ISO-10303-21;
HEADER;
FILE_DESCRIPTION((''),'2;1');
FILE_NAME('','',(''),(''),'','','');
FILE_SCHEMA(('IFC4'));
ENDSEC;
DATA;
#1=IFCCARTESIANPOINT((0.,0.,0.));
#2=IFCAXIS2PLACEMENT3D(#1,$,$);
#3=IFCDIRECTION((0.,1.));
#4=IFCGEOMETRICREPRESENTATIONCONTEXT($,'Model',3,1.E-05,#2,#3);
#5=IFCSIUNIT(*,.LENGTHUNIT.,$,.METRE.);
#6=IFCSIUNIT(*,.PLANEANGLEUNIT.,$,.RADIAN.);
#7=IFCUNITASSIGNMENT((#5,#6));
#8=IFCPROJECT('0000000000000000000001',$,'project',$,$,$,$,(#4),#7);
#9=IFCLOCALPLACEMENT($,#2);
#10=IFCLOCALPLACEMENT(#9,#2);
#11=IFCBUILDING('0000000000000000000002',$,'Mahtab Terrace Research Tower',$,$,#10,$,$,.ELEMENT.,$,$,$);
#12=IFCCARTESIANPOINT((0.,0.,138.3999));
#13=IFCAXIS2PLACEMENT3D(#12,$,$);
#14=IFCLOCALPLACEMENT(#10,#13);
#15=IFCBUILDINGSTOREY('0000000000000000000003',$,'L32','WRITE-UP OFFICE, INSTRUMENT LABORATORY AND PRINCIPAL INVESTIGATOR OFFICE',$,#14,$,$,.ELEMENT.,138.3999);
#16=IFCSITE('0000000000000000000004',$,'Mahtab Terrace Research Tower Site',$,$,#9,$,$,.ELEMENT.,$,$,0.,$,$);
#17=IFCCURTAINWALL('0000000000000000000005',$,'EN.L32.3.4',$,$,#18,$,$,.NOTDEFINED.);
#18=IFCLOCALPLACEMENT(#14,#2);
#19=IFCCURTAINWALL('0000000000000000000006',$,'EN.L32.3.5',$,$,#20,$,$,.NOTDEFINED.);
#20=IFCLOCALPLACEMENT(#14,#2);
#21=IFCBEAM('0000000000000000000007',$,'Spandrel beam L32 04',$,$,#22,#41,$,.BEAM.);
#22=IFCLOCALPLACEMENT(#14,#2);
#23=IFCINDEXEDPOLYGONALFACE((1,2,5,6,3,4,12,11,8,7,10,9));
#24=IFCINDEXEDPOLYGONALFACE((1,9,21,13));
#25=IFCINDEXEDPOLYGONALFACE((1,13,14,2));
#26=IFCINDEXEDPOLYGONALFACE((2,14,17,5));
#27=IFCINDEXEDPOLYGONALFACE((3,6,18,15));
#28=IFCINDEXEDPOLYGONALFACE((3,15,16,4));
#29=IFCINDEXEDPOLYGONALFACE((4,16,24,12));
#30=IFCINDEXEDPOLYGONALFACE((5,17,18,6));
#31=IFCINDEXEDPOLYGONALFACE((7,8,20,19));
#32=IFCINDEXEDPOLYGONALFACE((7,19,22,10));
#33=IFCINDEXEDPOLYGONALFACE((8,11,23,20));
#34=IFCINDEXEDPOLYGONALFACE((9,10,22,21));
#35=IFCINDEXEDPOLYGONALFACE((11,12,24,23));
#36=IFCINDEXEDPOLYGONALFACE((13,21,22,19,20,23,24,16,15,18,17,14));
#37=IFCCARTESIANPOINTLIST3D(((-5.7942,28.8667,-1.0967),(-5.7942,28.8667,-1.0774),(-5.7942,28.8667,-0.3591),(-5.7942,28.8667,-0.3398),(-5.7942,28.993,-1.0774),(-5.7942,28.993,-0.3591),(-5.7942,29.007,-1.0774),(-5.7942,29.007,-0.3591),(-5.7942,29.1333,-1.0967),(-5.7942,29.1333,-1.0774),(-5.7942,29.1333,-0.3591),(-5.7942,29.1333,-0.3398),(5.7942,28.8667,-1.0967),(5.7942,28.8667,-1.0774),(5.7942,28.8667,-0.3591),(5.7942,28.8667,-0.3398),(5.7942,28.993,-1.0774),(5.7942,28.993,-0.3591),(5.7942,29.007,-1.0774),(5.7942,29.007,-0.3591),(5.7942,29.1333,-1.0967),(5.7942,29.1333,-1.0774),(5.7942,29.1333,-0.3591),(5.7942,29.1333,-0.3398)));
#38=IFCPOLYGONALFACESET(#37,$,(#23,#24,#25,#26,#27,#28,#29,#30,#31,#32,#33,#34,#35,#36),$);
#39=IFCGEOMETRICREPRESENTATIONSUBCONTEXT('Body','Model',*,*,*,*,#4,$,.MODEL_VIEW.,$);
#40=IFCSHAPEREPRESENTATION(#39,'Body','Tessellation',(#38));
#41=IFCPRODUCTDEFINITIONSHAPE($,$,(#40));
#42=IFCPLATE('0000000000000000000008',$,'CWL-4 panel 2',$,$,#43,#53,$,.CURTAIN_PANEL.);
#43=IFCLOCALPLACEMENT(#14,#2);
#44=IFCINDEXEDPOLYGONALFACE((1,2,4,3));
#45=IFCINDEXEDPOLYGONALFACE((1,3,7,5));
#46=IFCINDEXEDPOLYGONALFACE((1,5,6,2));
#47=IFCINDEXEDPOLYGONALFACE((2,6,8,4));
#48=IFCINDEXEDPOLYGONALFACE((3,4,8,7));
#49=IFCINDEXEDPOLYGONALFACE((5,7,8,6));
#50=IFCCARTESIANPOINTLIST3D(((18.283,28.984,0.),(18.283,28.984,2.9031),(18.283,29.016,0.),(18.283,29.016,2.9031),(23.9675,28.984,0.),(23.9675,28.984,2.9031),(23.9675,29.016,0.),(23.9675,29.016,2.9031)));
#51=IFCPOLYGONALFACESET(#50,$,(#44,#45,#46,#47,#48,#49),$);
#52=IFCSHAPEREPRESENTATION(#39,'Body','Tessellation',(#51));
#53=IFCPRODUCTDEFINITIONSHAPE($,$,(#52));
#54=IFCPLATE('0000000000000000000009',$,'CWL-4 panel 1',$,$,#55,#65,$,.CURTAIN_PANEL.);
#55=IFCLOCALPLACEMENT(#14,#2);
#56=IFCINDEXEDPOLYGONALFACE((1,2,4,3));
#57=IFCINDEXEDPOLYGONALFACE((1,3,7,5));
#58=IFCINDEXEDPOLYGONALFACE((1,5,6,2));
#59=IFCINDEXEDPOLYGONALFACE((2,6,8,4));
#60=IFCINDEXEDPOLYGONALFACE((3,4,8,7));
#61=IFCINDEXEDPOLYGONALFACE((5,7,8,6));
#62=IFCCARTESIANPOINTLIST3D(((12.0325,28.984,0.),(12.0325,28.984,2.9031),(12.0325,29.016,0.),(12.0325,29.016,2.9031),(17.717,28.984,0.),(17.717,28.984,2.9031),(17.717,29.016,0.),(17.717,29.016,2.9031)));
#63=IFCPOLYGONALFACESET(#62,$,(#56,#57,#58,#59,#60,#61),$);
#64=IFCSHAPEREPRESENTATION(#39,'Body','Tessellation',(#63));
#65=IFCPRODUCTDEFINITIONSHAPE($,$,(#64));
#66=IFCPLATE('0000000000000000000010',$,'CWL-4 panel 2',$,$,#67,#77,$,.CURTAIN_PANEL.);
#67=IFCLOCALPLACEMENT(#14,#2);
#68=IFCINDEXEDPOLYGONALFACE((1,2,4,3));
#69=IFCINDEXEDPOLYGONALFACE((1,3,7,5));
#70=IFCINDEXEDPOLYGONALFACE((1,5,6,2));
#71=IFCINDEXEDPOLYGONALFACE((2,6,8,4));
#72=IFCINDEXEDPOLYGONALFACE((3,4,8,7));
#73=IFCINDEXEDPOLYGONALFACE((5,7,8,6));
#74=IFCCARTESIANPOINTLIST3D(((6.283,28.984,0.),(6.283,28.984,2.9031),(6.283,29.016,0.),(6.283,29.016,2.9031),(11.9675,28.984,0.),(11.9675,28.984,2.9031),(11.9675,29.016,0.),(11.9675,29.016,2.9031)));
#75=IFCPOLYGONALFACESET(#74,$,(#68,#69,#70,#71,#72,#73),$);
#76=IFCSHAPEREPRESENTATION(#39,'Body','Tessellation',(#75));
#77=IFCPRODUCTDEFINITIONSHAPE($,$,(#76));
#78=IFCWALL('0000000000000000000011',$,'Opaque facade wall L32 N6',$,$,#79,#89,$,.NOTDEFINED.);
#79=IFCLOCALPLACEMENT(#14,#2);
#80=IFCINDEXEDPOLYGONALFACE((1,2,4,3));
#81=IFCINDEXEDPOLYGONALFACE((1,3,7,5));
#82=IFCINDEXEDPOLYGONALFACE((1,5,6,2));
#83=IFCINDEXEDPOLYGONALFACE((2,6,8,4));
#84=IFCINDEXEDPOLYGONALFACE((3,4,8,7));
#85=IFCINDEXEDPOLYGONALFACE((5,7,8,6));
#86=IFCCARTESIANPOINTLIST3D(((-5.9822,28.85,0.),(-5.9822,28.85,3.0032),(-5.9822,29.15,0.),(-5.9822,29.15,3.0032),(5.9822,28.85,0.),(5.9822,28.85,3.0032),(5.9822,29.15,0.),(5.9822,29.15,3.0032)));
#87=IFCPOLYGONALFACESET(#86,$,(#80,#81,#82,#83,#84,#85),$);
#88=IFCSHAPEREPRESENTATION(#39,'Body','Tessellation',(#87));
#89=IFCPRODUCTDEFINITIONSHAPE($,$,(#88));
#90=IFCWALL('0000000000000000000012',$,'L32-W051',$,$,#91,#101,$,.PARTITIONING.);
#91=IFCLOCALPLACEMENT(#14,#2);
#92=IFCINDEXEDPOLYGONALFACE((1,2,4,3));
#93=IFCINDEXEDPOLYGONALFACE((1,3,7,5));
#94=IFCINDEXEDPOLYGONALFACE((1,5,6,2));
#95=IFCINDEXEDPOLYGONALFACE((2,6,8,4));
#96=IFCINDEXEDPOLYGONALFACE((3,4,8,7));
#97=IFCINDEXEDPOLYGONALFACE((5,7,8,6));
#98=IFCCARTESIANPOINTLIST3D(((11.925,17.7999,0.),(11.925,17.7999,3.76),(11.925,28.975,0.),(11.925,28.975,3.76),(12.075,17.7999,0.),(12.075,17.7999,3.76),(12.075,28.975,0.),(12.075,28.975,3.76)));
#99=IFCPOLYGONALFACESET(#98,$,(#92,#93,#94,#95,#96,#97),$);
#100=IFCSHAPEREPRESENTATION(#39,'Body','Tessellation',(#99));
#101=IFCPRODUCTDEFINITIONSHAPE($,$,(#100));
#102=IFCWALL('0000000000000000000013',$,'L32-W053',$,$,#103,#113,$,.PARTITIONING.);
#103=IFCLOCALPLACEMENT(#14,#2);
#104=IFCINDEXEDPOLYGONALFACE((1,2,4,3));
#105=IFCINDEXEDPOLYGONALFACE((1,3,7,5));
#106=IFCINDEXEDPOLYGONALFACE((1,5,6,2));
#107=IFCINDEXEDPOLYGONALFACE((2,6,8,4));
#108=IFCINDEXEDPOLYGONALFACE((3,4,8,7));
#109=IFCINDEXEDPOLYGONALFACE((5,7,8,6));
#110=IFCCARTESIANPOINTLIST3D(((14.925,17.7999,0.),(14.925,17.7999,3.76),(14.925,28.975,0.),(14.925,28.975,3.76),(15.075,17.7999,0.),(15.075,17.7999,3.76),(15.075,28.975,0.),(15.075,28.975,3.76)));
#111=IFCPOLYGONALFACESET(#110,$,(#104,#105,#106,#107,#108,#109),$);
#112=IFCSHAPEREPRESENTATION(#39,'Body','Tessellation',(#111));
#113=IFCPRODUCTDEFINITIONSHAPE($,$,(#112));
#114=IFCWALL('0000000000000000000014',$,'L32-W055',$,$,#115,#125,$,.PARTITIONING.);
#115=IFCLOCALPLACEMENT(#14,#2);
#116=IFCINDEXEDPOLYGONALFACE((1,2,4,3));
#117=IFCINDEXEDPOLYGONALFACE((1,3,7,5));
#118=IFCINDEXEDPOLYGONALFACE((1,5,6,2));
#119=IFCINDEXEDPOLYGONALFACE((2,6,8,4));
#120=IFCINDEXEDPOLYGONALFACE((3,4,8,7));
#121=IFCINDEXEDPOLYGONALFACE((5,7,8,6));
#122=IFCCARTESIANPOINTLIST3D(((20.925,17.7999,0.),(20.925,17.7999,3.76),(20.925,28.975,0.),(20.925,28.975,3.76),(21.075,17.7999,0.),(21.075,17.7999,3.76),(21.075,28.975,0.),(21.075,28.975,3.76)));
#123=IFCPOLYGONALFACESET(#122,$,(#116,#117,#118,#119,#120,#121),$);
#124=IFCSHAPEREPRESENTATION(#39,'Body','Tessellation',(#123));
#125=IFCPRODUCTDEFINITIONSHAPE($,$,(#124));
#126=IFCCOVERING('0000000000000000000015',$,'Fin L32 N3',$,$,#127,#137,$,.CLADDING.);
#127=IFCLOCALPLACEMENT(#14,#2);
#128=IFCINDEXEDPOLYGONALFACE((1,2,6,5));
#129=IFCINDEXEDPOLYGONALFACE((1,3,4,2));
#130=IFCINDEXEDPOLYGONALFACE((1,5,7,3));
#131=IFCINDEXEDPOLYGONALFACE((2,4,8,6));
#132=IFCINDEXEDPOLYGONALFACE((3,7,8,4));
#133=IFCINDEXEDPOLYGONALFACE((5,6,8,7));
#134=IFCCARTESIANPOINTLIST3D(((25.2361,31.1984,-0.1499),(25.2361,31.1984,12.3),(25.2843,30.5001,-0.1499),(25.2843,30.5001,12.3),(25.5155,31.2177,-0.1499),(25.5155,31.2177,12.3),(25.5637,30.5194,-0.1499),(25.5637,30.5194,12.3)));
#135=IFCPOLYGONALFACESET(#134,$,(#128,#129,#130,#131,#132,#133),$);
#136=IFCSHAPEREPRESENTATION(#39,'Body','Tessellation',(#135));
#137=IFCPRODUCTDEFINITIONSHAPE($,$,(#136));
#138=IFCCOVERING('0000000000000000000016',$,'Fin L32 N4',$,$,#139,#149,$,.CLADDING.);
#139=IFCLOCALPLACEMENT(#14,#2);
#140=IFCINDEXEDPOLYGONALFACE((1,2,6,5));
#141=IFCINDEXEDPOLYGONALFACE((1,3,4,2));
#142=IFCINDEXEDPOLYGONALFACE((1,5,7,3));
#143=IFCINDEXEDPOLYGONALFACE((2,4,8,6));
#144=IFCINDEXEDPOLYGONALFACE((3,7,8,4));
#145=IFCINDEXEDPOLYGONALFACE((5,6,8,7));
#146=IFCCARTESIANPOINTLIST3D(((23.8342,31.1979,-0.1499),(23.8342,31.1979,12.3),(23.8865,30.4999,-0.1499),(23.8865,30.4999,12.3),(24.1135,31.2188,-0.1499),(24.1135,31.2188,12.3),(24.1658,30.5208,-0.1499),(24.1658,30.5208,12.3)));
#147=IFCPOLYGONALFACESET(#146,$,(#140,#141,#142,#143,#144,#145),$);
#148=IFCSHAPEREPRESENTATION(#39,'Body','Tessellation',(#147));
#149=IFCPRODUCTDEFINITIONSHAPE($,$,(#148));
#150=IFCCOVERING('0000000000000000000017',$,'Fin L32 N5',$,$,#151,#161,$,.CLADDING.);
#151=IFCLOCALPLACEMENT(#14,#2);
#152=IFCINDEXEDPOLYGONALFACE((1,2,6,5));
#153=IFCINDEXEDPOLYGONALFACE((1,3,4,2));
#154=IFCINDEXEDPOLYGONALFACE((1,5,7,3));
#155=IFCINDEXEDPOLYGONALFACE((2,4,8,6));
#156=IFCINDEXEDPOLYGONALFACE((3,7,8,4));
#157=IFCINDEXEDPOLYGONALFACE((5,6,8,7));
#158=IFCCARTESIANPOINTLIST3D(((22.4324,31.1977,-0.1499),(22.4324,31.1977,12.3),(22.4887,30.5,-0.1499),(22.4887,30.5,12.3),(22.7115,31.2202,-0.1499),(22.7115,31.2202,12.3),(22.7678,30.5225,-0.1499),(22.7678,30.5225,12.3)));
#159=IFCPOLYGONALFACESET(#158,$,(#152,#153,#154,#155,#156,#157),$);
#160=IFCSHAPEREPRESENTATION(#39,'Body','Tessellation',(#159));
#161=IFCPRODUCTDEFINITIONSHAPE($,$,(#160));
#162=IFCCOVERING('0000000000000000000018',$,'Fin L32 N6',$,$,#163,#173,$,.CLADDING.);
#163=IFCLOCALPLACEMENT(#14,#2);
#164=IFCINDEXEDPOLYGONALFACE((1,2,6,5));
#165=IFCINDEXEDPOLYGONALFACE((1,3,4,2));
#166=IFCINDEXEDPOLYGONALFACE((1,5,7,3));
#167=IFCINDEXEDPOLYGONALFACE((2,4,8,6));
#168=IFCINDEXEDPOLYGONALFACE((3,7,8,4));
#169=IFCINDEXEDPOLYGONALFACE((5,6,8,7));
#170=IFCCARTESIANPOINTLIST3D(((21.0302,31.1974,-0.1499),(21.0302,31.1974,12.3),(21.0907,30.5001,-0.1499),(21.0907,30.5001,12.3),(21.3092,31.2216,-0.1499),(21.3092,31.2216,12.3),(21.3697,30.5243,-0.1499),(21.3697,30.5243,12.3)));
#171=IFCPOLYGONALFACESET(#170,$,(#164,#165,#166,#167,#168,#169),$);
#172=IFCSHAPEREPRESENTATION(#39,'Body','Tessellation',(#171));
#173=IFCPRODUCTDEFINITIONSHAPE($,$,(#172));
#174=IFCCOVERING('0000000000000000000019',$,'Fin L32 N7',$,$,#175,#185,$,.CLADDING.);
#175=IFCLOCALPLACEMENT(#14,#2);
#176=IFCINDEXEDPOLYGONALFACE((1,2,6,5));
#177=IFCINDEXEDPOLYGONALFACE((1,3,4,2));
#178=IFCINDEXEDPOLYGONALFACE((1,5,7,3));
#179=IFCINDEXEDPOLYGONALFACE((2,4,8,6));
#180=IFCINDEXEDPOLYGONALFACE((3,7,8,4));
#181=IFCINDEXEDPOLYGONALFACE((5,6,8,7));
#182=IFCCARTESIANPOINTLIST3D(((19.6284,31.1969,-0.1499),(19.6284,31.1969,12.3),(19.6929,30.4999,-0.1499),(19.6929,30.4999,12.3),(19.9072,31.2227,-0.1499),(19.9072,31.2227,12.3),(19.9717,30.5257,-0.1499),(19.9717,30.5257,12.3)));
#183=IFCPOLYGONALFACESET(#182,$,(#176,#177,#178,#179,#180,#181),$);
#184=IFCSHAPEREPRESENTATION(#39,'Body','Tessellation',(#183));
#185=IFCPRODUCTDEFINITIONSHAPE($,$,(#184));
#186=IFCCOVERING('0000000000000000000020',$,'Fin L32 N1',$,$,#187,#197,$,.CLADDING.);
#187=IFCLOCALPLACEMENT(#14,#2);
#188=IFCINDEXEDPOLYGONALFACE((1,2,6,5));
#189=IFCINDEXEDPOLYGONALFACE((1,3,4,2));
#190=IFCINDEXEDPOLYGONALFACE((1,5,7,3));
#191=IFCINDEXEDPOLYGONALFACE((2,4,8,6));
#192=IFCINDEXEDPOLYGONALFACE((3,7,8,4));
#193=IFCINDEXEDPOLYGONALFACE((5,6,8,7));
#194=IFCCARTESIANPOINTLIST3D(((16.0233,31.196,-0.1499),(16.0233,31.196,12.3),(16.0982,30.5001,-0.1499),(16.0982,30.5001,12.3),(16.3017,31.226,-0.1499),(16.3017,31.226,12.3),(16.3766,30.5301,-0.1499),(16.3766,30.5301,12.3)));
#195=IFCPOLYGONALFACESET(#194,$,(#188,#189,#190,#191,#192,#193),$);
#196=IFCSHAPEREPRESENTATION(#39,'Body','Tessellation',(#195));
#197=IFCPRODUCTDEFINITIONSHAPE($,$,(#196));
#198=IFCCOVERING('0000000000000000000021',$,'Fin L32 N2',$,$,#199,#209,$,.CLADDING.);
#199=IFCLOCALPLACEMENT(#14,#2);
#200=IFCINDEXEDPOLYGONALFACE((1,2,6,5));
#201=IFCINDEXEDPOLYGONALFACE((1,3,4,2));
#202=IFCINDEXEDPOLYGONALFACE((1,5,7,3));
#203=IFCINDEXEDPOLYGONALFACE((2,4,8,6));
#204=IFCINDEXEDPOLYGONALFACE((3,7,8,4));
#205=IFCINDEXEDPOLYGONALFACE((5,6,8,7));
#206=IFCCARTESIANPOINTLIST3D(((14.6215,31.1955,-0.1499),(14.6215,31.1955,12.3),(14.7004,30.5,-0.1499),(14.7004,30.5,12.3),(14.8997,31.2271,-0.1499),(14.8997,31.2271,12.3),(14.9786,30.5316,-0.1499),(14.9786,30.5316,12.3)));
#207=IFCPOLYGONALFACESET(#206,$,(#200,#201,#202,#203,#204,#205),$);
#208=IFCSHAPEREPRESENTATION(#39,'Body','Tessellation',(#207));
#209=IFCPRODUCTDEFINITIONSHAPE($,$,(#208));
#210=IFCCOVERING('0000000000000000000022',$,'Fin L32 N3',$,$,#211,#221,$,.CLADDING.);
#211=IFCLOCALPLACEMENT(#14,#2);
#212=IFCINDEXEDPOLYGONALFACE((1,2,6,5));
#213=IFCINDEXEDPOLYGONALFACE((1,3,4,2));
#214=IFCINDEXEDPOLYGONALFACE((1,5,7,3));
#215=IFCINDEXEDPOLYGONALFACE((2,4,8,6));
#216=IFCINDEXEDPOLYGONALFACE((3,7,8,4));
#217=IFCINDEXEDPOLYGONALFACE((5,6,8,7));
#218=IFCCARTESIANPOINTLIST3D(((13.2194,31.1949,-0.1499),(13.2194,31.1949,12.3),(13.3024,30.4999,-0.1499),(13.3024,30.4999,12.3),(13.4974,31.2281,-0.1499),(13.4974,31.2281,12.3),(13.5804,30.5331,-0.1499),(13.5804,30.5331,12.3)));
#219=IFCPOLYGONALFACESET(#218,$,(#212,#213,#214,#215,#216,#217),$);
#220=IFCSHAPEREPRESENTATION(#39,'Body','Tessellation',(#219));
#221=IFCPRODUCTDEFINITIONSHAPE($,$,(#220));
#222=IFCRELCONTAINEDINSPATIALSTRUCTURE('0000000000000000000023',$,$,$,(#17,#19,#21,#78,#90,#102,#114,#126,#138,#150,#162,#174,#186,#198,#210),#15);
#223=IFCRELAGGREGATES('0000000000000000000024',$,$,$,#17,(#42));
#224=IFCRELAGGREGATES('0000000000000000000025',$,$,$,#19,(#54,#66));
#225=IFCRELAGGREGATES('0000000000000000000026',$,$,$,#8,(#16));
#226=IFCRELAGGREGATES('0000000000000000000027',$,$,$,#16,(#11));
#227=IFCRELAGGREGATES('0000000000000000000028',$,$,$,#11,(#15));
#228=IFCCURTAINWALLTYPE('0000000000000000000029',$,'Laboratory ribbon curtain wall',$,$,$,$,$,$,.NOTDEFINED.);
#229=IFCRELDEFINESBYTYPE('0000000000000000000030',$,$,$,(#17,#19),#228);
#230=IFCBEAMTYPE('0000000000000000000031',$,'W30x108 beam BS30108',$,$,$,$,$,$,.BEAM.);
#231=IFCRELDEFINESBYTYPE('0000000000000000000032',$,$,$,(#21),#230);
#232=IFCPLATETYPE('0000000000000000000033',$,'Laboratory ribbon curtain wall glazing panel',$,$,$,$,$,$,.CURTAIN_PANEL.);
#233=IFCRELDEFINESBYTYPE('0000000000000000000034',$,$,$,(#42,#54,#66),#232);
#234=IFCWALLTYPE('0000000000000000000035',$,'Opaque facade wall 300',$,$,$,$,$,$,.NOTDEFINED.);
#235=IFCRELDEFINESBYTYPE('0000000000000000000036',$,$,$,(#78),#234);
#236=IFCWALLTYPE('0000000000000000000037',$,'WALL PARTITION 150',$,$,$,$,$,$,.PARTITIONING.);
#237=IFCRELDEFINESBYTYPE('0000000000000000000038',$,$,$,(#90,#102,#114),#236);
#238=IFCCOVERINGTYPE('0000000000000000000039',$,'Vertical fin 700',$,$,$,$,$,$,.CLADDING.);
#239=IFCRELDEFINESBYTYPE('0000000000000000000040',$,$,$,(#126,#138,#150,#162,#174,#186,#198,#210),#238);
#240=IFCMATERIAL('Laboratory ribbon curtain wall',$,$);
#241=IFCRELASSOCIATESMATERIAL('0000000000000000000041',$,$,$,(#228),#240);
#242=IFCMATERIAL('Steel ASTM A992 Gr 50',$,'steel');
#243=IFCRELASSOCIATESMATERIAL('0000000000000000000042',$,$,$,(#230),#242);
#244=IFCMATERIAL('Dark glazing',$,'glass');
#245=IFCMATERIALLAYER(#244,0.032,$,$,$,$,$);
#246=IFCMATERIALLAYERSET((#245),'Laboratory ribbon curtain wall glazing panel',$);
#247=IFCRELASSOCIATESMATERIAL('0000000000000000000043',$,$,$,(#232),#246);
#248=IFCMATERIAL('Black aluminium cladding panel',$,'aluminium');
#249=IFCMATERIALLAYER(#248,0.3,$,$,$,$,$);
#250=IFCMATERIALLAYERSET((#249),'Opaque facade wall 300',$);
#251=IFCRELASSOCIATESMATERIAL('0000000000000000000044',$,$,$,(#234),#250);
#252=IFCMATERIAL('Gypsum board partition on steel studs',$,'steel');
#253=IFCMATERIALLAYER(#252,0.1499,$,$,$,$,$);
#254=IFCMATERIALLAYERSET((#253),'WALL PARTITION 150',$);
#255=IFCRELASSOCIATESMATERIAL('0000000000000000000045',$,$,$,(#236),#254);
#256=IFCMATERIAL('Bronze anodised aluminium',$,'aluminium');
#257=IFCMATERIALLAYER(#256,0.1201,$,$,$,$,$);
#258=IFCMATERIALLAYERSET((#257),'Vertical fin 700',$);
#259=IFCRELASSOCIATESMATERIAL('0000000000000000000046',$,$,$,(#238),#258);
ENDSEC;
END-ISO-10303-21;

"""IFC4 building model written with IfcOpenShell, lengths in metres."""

from ifc_helpers import new_model, si_unit, direction, frame, frame_2d, origin, origin_2d, place, context, subcontext, project, spatial, rectangle, i_section, extrude, material, layer, layer_set, material_profile, profile_set, type_object, element, aggregate, save


model = new_model("IFC4")

# Units and contexts
model_context = context("Model", 3, precision=1e-05, world=origin(), true_north=direction((0.0, 1.0)))
body_context = subcontext(model_context, "Body", "Model", "MODEL_VIEW")
ifc_project = project(units=[si_unit("LENGTHUNIT", "METRE"), si_unit("PLANEANGLEUNIT", "RADIAN")], contexts=[model_context])

# Site, building, storey
site_placement = place(None, origin())
site = spatial("IfcSite", under=ifc_project, at=site_placement, Name="Mahtab Terrace Research Tower Site", CompositionType="ELEMENT", RefElevation=0.0)
building_placement = place(site_placement, origin())
building = spatial("IfcBuilding", under=site, at=building_placement, Name="Mahtab Terrace Research Tower", CompositionType="ELEMENT")
storey_placement = place(building_placement, frame((0.0, 0.0, 138.3999)))
storey = spatial("IfcBuildingStorey", under=building, at=storey_placement, Name="L32", Description="WRITE-UP OFFICE, INSTRUMENT LABORATORY AND PRINCIPAL INVESTIGATOR OFFICE", CompositionType="ELEMENT", Elevation=138.3999)

# Shared definitions
ifc_material_1 = material(Name="Steel ASTM A992 Gr 50", Category="steel")

# Curtain walls
ifc_material_2 = material(Name="Laboratory ribbon curtain wall")
curtain_wall_type = type_object("IfcCurtainWallType", Name="Laboratory ribbon curtain wall", PredefinedType="NOTDEFINED", material=ifc_material_2)
curtain_wall_1_placement = place(storey_placement, origin())
curtain_wall_1 = element("IfcCurtainWall", 1, at=curtain_wall_1_placement, inside=storey, type_object=curtain_wall_type, Name="EN.L32.3.4", PredefinedType="NOTDEFINED")
curtain_wall_2_placement = place(storey_placement, origin())
curtain_wall_2 = element("IfcCurtainWall", 2, at=curtain_wall_2_placement, inside=storey, type_object=curtain_wall_type, Name="EN.L32.3.5", PredefinedType="NOTDEFINED")

# Beam
ifc_material_profile_1 = material_profile(ifc_material_1, i_section(OverallWidth=0.2666, OverallDepth=0.7568, WebThickness=0.0139, FlangeThickness=0.0193, at=origin_2d()), Name="W30X108")
ifc_profile_set_1 = profile_set([ifc_material_profile_1], Name="Steel ASTM A992 Gr 50")
beam_type = type_object("IfcBeamType", Name="W30x108 beam BS30108", PredefinedType="BEAM", material=ifc_profile_set_1)
for number, where, z_axis, x_axis, name in (
    (3, (5.7942, 29.0, -0.7183), (-1.0, 0.0, 0.0), (0.0, -1.0, 0.0), "Spandrel beam L32 04"),
):
    element("IfcBeam", number, at=place(storey_placement, frame(where, z_axis=z_axis, x_axis=x_axis)), inside=storey, type_object=beam_type, Name=name, PredefinedType="BEAM", context=body_context, shape_type="SweptSolid", body=[
        extrude(i_section(OverallWidth=0.2666, OverallDepth=0.7568, WebThickness=0.0139, FlangeThickness=0.0193, at=origin_2d()), origin(), (0.0, 0.0, 1.0), 11.5884),
    ])

# Plates
ifc_material_3 = material(Name="Dark glazing", Category="glass")
ifc_layer_1 = layer(ifc_material_3, 0.032)
ifc_layer_set_1 = layer_set([ifc_layer_1], Name="Laboratory ribbon curtain wall glazing panel")
plate_type = type_object("IfcPlateType", Name="Laboratory ribbon curtain wall glazing panel", PredefinedType="CURTAIN_PANEL", material=ifc_layer_set_1)
plate_1_placement = place(storey_placement, frame((21.1252, 29.0, 0.0), z_axis=(0.0, 0.0, 1.0), x_axis=(-1.0, 0.0, 0.0)))
plate_1 = element("IfcPlate", 4, at=plate_1_placement, type_object=plate_type, Name="CWL-4 panel 2", PredefinedType="CURTAIN_PANEL", context=body_context, shape_type="SweptSolid", body=[
    extrude(rectangle(XDim=5.6846, YDim=0.032, at=origin_2d()), origin(), (0.0, 0.0, 1.0), 2.9031),
])
aggregate(curtain_wall_1, [plate_1])
plate_2_placement = place(storey_placement, frame((14.8748, 29.0, 0.0), z_axis=(0.0, 0.0, 1.0), x_axis=(-1.0, 0.0, 0.0)))
plate_2 = element("IfcPlate", 5, at=plate_2_placement, type_object=plate_type, Name="CWL-4 panel 1", PredefinedType="CURTAIN_PANEL", context=body_context, shape_type="SweptSolid", body=[
    extrude(rectangle(XDim=5.6846, YDim=0.032, at=origin_2d()), origin(), (0.0, 0.0, 1.0), 2.9031),
])
plate_3_placement = place(storey_placement, frame((9.1252, 29.0, 0.0), z_axis=(0.0, 0.0, 1.0), x_axis=(-1.0, 0.0, 0.0)))
plate_3 = element("IfcPlate", 6, at=plate_3_placement, type_object=plate_type, Name="CWL-4 panel 2", PredefinedType="CURTAIN_PANEL", context=body_context, shape_type="SweptSolid", body=[
    extrude(rectangle(XDim=5.6846, YDim=0.032, at=origin_2d()), origin(), (0.0, 0.0, 1.0), 2.9031),
])
aggregate(curtain_wall_2, [plate_2, plate_3])

# Walls
ifc_material_4 = material(Name="Black aluminium cladding panel", Category="aluminium")
ifc_layer_2 = layer(ifc_material_4, 0.3)
ifc_layer_set_2 = layer_set([ifc_layer_2], Name="Opaque facade wall 300")
wall_type_1 = type_object("IfcWallType", Name="Opaque facade wall 300", PredefinedType="NOTDEFINED", material=ifc_layer_set_2)
wall_placement = place(storey_placement, frame((5.9822, 29.0, 0.0), z_axis=(0.0, 0.0, 1.0), x_axis=(-1.0, 0.0, 0.0)))
element("IfcWall", 7, at=wall_placement, inside=storey, type_object=wall_type_1, Name="Opaque facade wall L32 N6", PredefinedType="NOTDEFINED", context=body_context, shape_type="SweptSolid", body=[
    extrude(rectangle(XDim=11.9644, YDim=0.3, at=frame_2d((5.9822, 0.0))), origin(), (0.0, 0.0, 1.0), 3.0032),
])
ifc_material_5 = material(Name="Gypsum board partition on steel studs", Category="steel")
ifc_layer_3 = layer(ifc_material_5, 0.1499)
ifc_layer_set_3 = layer_set([ifc_layer_3], Name="WALL PARTITION 150")
wall_type_2 = type_object("IfcWallType", Name="WALL PARTITION 150", PredefinedType="PARTITIONING", material=ifc_layer_set_3)
for number, where, z_axis, x_axis, name in (
    (8, (12.0, 17.8, 0.0), (0.0, 0.0, 1.0), (0.0, 1.0, 0.0), "L32-W051"),
    (9, (15.0, 17.8, 0.0), (0.0, 0.0, 1.0), (0.0, 1.0, 0.0), "L32-W053"),
    (10, (21.0, 17.8, 0.0), (0.0, 0.0, 1.0), (0.0, 1.0, 0.0), "L32-W055"),
):
    element("IfcWall", number, at=place(storey_placement, frame(where, z_axis=z_axis, x_axis=x_axis)), inside=storey, type_object=wall_type_2, Name=name, PredefinedType="PARTITIONING", context=body_context, shape_type="SweptSolid", body=[
        extrude(rectangle(XDim=11.175, YDim=0.1499, at=frame_2d((5.5874, 0.0))), origin(), (0.0, 0.0, 1.0), 3.76),
    ])

# Coverings
ifc_material_6 = material(Name="Bronze anodised aluminium", Category="aluminium")
ifc_layer_4 = layer(ifc_material_6, 0.1201)
ifc_layer_set_4 = layer_set([ifc_layer_4], Name="Vertical fin 700")
covering_type = type_object("IfcCoveringType", Name="Vertical fin 700", PredefinedType="CLADDING", material=ifc_layer_set_4)
for number, where, z_axis, x_axis, name in (
    (11, (25.3999, 30.8589, -0.1499), (0.0, 0.0, 1.0), (-0.997622, -0.068927, 0.0), "Fin L32 N3"),
    (12, (24.0, 30.8594, -0.1499), (0.0, 0.0, 1.0), (-0.997204, -0.07473, 0.0), "Fin L32 N4"),
    (13, (22.6001, 30.8601, -0.1499), (0.0, 0.0, 1.0), (-0.996752, -0.08053, 0.0), "Fin L32 N5"),
    (14, (21.2, 30.8608, -0.1499), (0.0, 0.0, 1.0), (-0.996267, -0.086328, 0.0), "Fin L32 N6"),
    (15, (19.8, 30.8613, -0.1499), (0.0, 0.0, 1.0), (-0.995748, -0.092122, 0.0), "Fin L32 N7"),
    (16, (16.2, 30.863, -0.1499), (0.0, 0.0, 1.0), (-0.994258, -0.107008, 0.0), "Fin L32 N1"),
    (17, (14.8, 30.8635, -0.1499), (0.0, 0.0, 1.0), (-0.993619, -0.11279, 0.0), "Fin L32 N2"),
    (18, (13.3999, 30.864, -0.1499), (0.0, 0.0, 1.0), (-0.992946, -0.118569, 0.0), "Fin L32 N3"),
):
    element("IfcCovering", number, at=place(storey_placement, frame(where, z_axis=z_axis, x_axis=x_axis)), inside=storey, type_object=covering_type, Name=name, PredefinedType="CLADDING", context=body_context, shape_type="SweptSolid", body=[
        extrude(rectangle(XDim=0.28, YDim=0.7, at=origin_2d()), origin(), (0.0, 0.0, 1.0), 12.45),
    ])

save(model, "model.ifc")
